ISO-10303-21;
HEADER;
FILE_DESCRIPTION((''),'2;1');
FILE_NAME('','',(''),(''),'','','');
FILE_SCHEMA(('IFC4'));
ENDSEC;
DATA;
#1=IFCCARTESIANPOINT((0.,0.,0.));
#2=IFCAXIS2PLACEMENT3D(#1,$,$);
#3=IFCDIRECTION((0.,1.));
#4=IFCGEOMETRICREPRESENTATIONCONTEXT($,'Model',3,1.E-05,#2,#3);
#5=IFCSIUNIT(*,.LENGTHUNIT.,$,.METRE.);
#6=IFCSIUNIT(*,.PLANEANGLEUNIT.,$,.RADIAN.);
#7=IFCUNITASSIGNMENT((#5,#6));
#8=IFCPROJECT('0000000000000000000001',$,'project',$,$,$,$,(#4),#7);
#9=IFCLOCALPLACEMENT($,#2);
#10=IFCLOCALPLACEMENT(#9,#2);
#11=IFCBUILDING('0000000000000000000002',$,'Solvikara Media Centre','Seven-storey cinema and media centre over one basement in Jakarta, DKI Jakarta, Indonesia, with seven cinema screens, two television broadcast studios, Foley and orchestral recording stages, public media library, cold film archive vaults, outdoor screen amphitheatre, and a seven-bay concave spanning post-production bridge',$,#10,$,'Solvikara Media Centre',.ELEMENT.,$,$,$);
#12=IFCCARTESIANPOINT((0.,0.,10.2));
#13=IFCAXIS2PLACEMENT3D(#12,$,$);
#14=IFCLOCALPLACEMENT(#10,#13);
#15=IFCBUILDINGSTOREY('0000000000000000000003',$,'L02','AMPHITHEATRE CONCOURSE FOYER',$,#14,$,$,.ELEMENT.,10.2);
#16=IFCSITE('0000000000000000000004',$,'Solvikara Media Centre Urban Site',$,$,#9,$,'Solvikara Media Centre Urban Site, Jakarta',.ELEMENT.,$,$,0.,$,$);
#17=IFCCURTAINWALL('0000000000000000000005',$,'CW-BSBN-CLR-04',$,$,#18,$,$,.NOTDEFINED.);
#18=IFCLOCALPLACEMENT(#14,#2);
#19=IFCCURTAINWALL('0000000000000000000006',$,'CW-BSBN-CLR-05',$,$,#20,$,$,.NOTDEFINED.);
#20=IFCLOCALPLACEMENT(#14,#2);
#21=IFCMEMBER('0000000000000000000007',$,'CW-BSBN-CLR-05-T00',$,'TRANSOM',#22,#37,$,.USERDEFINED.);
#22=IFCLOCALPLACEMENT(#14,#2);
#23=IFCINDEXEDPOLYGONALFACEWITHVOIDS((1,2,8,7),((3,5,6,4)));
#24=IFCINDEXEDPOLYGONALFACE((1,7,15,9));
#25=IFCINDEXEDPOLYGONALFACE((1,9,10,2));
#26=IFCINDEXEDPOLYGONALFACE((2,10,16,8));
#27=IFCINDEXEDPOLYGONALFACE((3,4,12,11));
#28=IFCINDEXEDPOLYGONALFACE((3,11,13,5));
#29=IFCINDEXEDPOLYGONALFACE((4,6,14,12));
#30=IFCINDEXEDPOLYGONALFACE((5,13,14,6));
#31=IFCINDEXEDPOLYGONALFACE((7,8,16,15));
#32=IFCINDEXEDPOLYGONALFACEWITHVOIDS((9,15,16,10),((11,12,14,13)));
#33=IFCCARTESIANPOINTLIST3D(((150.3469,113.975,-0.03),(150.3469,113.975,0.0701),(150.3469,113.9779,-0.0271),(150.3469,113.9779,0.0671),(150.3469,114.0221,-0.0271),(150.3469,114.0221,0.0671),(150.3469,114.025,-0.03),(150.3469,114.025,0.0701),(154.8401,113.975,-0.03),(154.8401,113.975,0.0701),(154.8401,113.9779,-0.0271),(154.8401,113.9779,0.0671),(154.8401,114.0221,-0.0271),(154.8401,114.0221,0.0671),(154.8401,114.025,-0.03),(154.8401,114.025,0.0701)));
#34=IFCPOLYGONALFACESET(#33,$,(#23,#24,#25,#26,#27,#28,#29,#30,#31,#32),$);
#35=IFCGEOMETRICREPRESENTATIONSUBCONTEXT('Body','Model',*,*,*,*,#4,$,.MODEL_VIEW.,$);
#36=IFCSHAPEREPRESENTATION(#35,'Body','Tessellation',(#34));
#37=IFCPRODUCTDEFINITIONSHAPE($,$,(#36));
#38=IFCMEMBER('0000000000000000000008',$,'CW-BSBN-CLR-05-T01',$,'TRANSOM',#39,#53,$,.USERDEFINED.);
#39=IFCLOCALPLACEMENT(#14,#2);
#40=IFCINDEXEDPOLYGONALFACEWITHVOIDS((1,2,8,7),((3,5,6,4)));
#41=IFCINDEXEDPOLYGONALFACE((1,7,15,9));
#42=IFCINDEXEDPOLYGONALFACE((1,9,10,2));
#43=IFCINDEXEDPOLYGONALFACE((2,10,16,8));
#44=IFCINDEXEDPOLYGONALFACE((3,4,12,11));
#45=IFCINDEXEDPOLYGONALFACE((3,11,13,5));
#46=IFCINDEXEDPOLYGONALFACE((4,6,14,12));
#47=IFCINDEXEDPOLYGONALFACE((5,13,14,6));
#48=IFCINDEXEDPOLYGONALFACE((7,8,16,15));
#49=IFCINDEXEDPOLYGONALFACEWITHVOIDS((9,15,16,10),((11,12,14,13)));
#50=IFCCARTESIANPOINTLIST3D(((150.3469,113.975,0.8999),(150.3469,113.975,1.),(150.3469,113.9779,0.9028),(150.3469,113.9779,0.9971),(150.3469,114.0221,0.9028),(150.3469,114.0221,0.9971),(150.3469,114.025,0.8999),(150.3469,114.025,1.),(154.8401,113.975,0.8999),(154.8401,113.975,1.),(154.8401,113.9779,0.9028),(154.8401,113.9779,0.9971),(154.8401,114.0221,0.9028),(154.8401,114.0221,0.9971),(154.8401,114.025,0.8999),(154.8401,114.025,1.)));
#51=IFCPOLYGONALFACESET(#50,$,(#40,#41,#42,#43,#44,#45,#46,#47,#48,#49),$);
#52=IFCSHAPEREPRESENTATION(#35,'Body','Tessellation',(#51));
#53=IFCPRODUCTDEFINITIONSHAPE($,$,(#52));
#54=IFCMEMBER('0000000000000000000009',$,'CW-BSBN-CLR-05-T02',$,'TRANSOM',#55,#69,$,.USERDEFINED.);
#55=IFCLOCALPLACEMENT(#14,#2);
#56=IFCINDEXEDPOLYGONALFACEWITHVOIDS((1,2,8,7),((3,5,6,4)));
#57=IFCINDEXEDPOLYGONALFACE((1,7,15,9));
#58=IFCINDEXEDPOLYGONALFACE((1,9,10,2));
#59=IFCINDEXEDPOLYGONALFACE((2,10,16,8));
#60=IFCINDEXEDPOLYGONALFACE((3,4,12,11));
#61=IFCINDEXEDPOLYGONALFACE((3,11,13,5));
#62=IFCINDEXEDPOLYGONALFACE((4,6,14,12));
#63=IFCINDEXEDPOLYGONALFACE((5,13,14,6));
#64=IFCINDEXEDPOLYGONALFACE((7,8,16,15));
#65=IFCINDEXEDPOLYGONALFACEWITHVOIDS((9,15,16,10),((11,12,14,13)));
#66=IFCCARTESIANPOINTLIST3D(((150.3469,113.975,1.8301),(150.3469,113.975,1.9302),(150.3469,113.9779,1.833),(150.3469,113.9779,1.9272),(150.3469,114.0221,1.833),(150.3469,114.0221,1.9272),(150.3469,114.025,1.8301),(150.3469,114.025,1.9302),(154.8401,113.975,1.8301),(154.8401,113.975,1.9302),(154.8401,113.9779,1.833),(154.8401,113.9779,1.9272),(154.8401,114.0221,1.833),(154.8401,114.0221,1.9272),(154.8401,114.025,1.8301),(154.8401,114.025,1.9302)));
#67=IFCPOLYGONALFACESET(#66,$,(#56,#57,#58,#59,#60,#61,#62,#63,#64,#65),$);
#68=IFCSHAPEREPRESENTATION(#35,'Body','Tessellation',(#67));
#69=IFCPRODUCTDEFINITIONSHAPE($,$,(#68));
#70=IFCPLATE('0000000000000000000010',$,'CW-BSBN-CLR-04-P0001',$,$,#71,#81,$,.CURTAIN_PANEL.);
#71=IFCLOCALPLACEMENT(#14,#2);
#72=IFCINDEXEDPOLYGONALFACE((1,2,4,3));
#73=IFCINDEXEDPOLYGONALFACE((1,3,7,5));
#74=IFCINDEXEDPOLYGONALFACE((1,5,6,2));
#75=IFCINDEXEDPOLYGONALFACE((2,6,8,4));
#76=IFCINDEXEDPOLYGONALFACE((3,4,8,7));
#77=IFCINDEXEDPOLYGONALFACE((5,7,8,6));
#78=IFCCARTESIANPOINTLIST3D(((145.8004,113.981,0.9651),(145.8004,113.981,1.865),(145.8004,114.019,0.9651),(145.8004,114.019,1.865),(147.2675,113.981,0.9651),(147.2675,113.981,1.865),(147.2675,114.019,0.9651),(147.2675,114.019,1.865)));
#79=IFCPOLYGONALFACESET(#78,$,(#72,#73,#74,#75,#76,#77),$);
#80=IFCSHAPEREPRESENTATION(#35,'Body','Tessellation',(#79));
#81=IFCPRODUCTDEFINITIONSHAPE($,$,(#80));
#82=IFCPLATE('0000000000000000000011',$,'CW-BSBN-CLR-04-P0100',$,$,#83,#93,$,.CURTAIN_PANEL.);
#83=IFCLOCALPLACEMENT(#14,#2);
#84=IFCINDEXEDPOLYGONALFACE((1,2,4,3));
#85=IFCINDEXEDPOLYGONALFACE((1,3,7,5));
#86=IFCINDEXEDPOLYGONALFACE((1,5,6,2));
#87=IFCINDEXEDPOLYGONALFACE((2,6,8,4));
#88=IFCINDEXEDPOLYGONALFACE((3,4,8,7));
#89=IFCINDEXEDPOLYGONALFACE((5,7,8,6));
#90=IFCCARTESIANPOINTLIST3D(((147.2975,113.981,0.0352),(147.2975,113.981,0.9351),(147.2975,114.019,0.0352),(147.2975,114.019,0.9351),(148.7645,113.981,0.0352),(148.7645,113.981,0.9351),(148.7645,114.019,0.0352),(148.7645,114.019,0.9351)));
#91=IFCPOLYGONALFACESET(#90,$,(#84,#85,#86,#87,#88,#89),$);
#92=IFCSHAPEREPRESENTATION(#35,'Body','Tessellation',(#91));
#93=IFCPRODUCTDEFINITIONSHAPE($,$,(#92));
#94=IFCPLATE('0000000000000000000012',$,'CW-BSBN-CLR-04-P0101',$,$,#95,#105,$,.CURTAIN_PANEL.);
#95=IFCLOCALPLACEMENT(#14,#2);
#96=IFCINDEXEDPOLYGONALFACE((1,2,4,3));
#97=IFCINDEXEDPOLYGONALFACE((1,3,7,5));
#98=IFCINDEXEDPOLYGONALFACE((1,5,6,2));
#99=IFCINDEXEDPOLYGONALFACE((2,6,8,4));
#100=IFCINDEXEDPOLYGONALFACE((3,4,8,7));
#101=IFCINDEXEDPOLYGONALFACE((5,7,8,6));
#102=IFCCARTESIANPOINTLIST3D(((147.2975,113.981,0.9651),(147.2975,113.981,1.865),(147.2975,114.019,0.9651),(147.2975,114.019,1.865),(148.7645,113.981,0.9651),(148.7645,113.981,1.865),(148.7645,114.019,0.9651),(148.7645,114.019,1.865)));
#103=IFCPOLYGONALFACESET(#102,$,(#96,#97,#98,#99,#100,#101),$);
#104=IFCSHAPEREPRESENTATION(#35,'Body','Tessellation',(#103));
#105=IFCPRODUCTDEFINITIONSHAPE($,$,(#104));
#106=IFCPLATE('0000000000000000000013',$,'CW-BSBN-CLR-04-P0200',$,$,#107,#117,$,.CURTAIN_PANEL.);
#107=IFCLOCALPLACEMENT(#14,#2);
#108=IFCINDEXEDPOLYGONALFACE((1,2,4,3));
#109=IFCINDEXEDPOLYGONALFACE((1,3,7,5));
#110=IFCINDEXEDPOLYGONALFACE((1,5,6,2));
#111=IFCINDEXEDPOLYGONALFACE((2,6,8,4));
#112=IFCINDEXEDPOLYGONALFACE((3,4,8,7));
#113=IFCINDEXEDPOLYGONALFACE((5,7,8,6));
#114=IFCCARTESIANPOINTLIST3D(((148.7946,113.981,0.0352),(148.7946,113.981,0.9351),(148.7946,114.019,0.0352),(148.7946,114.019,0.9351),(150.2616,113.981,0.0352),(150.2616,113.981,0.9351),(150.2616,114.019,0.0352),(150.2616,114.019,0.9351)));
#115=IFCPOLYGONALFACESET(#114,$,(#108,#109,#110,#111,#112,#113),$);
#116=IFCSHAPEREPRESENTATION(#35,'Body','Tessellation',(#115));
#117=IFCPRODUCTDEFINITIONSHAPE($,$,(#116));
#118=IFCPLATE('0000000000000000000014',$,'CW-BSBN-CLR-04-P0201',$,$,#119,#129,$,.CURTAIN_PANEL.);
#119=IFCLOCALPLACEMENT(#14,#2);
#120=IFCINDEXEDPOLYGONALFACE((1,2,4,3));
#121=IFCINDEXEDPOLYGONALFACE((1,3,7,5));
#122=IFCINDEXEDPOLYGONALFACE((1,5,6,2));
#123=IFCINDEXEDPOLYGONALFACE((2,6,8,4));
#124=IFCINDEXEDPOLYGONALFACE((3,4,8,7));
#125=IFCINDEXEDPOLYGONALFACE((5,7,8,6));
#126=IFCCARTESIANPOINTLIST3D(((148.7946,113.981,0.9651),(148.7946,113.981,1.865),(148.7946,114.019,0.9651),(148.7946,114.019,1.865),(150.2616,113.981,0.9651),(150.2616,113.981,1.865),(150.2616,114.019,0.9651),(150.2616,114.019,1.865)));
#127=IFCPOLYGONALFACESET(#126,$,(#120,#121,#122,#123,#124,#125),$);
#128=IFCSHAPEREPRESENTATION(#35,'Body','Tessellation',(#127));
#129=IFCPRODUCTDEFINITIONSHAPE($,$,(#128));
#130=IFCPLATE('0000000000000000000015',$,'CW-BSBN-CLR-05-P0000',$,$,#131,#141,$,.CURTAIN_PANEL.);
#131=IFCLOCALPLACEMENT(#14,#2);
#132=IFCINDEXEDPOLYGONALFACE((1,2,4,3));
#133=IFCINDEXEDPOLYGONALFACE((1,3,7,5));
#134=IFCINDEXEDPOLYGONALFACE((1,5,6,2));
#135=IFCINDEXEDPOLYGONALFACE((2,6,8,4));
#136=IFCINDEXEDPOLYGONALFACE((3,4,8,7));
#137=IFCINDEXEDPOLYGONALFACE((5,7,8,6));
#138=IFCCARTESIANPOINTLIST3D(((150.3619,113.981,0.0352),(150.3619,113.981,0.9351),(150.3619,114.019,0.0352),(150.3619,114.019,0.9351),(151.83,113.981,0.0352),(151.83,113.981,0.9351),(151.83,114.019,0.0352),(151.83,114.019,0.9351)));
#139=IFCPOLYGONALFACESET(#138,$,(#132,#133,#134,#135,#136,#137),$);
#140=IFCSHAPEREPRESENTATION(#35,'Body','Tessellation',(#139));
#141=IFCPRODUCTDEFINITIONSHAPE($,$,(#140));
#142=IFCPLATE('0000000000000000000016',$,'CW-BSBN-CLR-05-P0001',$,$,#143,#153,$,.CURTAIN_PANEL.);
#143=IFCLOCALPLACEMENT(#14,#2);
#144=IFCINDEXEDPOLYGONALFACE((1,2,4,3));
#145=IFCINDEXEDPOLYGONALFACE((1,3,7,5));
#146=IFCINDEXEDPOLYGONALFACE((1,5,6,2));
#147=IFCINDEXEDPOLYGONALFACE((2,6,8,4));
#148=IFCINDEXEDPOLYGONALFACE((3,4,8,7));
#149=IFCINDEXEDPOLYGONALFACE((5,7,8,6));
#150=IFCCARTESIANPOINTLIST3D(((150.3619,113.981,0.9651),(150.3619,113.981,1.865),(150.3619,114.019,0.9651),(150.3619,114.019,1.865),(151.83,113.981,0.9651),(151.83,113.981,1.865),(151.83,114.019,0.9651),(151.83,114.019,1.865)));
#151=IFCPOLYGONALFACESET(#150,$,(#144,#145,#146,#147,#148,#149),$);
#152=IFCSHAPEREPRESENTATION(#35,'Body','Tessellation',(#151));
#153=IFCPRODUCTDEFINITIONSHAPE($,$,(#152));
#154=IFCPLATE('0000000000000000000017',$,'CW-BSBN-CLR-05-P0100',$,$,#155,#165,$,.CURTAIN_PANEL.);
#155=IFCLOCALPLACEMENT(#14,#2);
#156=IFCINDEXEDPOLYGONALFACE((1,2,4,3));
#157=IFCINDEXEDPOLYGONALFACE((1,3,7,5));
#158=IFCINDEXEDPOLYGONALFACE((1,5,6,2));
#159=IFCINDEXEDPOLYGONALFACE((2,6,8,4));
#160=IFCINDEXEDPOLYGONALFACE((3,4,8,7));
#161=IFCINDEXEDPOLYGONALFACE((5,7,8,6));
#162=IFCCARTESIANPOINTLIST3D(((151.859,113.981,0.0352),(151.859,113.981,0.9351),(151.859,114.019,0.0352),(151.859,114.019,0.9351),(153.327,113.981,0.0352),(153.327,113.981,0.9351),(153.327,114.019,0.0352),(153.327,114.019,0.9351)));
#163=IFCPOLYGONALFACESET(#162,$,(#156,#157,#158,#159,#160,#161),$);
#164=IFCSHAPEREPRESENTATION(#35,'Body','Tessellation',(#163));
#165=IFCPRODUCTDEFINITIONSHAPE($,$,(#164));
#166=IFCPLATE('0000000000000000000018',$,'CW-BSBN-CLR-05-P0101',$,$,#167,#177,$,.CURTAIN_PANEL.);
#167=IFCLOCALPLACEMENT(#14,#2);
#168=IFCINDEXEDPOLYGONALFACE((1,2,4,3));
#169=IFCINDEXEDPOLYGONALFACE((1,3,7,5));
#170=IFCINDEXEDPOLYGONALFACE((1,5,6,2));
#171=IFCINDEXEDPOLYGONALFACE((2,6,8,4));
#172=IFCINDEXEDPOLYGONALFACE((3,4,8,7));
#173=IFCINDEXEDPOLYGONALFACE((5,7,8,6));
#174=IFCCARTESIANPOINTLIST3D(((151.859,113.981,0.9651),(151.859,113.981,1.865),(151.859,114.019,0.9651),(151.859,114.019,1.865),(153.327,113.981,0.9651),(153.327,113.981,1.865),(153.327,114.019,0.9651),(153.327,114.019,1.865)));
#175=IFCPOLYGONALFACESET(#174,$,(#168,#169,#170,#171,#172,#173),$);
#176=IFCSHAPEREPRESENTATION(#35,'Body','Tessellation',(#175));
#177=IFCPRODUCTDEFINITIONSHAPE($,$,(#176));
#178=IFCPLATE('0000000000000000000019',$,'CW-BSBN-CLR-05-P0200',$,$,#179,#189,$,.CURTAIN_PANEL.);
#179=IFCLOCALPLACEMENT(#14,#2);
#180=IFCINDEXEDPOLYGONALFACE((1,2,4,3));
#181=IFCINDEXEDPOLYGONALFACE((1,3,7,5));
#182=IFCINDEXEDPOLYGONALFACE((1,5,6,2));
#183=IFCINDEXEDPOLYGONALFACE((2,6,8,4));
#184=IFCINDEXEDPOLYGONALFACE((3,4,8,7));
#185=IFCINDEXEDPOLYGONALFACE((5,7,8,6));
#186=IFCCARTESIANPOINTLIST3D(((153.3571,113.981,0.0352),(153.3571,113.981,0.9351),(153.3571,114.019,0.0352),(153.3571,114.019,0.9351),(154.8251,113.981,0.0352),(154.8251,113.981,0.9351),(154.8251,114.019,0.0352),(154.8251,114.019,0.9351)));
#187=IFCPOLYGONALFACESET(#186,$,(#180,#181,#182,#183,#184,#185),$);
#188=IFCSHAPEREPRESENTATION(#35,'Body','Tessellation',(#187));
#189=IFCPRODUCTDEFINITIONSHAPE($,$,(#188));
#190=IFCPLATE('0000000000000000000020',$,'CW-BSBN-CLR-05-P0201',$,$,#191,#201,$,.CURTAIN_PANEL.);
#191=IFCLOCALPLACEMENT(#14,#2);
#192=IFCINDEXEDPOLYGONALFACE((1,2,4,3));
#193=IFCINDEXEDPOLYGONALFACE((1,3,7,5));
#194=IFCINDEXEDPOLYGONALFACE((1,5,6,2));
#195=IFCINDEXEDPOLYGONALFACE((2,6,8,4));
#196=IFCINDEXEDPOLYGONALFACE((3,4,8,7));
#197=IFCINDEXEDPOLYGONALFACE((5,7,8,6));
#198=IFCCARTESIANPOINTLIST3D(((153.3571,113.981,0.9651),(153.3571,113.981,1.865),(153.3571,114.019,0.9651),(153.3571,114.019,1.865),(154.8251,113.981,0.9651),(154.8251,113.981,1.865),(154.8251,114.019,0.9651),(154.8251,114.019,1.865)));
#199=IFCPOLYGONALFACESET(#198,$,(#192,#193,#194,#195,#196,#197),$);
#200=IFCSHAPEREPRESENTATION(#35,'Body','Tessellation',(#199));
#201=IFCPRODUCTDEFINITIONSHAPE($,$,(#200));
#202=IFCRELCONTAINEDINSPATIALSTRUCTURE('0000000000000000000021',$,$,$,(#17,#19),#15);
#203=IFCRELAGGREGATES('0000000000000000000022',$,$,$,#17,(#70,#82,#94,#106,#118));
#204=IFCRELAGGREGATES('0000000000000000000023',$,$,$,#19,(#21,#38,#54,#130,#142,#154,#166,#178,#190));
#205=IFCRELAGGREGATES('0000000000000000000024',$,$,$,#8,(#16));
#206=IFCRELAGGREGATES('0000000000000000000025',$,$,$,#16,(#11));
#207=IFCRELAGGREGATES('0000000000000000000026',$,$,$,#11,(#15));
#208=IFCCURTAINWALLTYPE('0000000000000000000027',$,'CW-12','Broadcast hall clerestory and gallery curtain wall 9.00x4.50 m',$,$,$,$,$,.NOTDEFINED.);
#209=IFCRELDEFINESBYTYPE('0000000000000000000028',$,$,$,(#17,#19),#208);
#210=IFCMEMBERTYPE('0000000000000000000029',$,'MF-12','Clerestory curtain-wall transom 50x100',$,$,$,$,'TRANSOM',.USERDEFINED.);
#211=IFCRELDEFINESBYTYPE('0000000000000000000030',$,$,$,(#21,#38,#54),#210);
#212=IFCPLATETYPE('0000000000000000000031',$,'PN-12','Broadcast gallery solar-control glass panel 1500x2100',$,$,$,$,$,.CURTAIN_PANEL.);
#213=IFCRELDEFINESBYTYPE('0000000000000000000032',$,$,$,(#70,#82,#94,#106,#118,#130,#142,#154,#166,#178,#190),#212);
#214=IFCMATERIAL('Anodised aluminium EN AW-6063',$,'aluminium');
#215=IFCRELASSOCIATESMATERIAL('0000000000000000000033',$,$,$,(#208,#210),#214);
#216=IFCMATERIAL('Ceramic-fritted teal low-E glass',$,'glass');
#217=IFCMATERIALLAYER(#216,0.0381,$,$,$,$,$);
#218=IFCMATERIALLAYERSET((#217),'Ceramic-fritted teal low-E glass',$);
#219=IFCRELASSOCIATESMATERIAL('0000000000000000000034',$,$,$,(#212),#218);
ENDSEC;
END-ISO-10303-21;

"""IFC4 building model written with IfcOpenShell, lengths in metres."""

from ifc_helpers import new_model, si_unit, direction, frame, origin, origin_2d, place, context, subcontext, project, spatial, rectangle, hollow_rectangle, extrude, material, layer, layer_set, material_profile, profile_set, type_object, element, aggregate, save


model = new_model("IFC4")

# Units and contexts
model_context = context("Model", 3, precision=1e-05, world=origin(), true_north=direction((0.0, 1.0)))
body_context = subcontext(model_context, "Body", "Model", "MODEL_VIEW")
ifc_project = project(units=[si_unit("LENGTHUNIT", "METRE"), si_unit("PLANEANGLEUNIT", "RADIAN")], contexts=[model_context])

# Site, building, storey
site_placement = place(None, origin())
site = spatial("IfcSite", under=ifc_project, at=site_placement, Name="Solvikara Media Centre Urban Site", LongName="Solvikara Media Centre Urban Site, Jakarta", CompositionType="ELEMENT", RefElevation=0.0)
building_placement = place(site_placement, origin())
building = spatial("IfcBuilding", under=site, at=building_placement, Name="Solvikara Media Centre", Description="Seven-storey cinema and media centre over one basement in Jakarta, DKI Jakarta, Indonesia, with seven cinema screens, two television broadcast studios, Foley and orchestral recording stages, public media library, cold film archive vaults, outdoor screen amphitheatre, and a seven-bay concave spanning post-production bridge", LongName="Solvikara Media Centre", CompositionType="ELEMENT")
storey_placement = place(building_placement, frame((0.0, 0.0, 10.2)))
storey = spatial("IfcBuildingStorey", under=building, at=storey_placement, Name="L02", Description="AMPHITHEATRE CONCOURSE FOYER", CompositionType="ELEMENT", Elevation=10.2)

# Curtain walls, members
ifc_material_1 = material(Name="Anodised aluminium EN AW-6063", Category="aluminium")
curtain_wall_type = type_object("IfcCurtainWallType", Name="CW-12", Description="Broadcast hall clerestory and gallery curtain wall 9.00x4.50 m", PredefinedType="NOTDEFINED", material=ifc_material_1)
curtain_wall_1_placement = place(storey_placement, origin())
curtain_wall_1 = element("IfcCurtainWall", 1, at=curtain_wall_1_placement, inside=storey, type_object=curtain_wall_type, Name="CW-BSBN-CLR-04", PredefinedType="NOTDEFINED")
curtain_wall_2_placement = place(storey_placement, origin())
curtain_wall_2 = element("IfcCurtainWall", 2, at=curtain_wall_2_placement, inside=storey, type_object=curtain_wall_type, Name="CW-BSBN-CLR-05", PredefinedType="NOTDEFINED")
ifc_material_profile_1 = material_profile(ifc_material_1, hollow_rectangle(XDim=0.05, YDim=0.1001, WallThickness=0.0029, at=origin_2d()), Name="ALU-T 50x100x3")
ifc_profile_set_1 = profile_set([ifc_material_profile_1], Name="Anodised aluminium EN AW-6063")
member_type_1 = type_object("IfcMemberType", Name="MF-12", Description="Clerestory curtain-wall transom 50x100", ElementType="TRANSOM", PredefinedType="USERDEFINED", material=ifc_profile_set_1)
member_1_placement = place(storey_placement, frame((150.3469, 114.0, 0.02), z_axis=(1.0, 0.0, 0.0), x_axis=(0.0, 1.0, 0.0)))
member_1 = element("IfcMember", 3, at=member_1_placement, type_object=member_type_1, Name="CW-BSBN-CLR-05-T00", ObjectType="TRANSOM", PredefinedType="USERDEFINED", context=body_context, shape_type="SweptSolid", body=[
    extrude(hollow_rectangle(XDim=0.05, YDim=0.1001, WallThickness=0.0029, at=origin_2d()), origin(), (0.0, 0.0, 1.0), 4.4932),
])
member_2_placement = place(storey_placement, frame((150.3469, 114.0, 0.95), z_axis=(1.0, 0.0, 0.0), x_axis=(0.0, 1.0, 0.0)))
member_2 = element("IfcMember", 4, at=member_2_placement, type_object=member_type_1, Name="CW-BSBN-CLR-05-T01", ObjectType="TRANSOM", PredefinedType="USERDEFINED", context=body_context, shape_type="SweptSolid", body=[
    extrude(hollow_rectangle(XDim=0.05, YDim=0.1001, WallThickness=0.0029, at=origin_2d()), origin(), (0.0, 0.0, 1.0), 4.4932),
])
member_3_placement = place(storey_placement, frame((150.3469, 114.0, 1.8801), z_axis=(1.0, 0.0, 0.0), x_axis=(0.0, 1.0, 0.0)))
member_3 = element("IfcMember", 5, at=member_3_placement, type_object=member_type_1, Name="CW-BSBN-CLR-05-T02", ObjectType="TRANSOM", PredefinedType="USERDEFINED", context=body_context, shape_type="SweptSolid", body=[
    extrude(hollow_rectangle(XDim=0.05, YDim=0.1001, WallThickness=0.0029, at=origin_2d()), origin(), (0.0, 0.0, 1.0), 4.4932),
])

# Plates
ifc_material_2 = material(Name="Ceramic-fritted teal low-E glass", Category="glass")
ifc_layer_1 = layer(ifc_material_2, 0.0381)
ifc_layer_set_1 = layer_set([ifc_layer_1], Name="Ceramic-fritted teal low-E glass")
plate_type = type_object("IfcPlateType", Name="PN-12", Description="Broadcast gallery solar-control glass panel 1500x2100", PredefinedType="CURTAIN_PANEL", material=ifc_layer_set_1)
plate_1_placement = place(storey_placement, frame((146.5339, 114.0, 0.9651), z_axis=(0.0, 0.0, 1.0), x_axis=(1.0, 0.0, 0.0)))
plate_1 = element("IfcPlate", 6, at=plate_1_placement, type_object=plate_type, Name="CW-BSBN-CLR-04-P0001", PredefinedType="CURTAIN_PANEL", context=body_context, shape_type="SweptSolid", body=[
    extrude(rectangle(XDim=1.467, YDim=0.0381, at=origin_2d()), origin(), (0.0, 0.0, 1.0), 0.8999),
])
plate_2_placement = place(storey_placement, frame((148.031, 114.0, 0.0352), z_axis=(0.0, 0.0, 1.0), x_axis=(1.0, 0.0, 0.0)))
plate_2 = element("IfcPlate", 7, at=plate_2_placement, type_object=plate_type, Name="CW-BSBN-CLR-04-P0100", PredefinedType="CURTAIN_PANEL", context=body_context, shape_type="SweptSolid", body=[
    extrude(rectangle(XDim=1.467, YDim=0.0381, at=origin_2d()), origin(), (0.0, 0.0, 1.0), 0.8999),
])
plate_3_placement = place(storey_placement, frame((148.031, 114.0, 0.9651), z_axis=(0.0, 0.0, 1.0), x_axis=(1.0, 0.0, 0.0)))
plate_3 = element("IfcPlate", 8, at=plate_3_placement, type_object=plate_type, Name="CW-BSBN-CLR-04-P0101", PredefinedType="CURTAIN_PANEL", context=body_context, shape_type="SweptSolid", body=[
    extrude(rectangle(XDim=1.467, YDim=0.0381, at=origin_2d()), origin(), (0.0, 0.0, 1.0), 0.8999),
])
plate_4_placement = place(storey_placement, frame((149.5281, 114.0, 0.0352), z_axis=(0.0, 0.0, 1.0), x_axis=(1.0, 0.0, 0.0)))
plate_4 = element("IfcPlate", 9, at=plate_4_placement, type_object=plate_type, Name="CW-BSBN-CLR-04-P0200", PredefinedType="CURTAIN_PANEL", context=body_context, shape_type="SweptSolid", body=[
    extrude(rectangle(XDim=1.467, YDim=0.0381, at=origin_2d()), origin(), (0.0, 0.0, 1.0), 0.8999),
])
plate_5_placement = place(storey_placement, frame((149.5281, 114.0, 0.9651), z_axis=(0.0, 0.0, 1.0), x_axis=(1.0, 0.0, 0.0)))
plate_5 = element("IfcPlate", 10, at=plate_5_placement, type_object=plate_type, Name="CW-BSBN-CLR-04-P0201", PredefinedType="CURTAIN_PANEL", context=body_context, shape_type="SweptSolid", body=[
    extrude(rectangle(XDim=1.467, YDim=0.0381, at=origin_2d()), origin(), (0.0, 0.0, 1.0), 0.8999),
])
aggregate(curtain_wall_1, [plate_1, plate_2, plate_3, plate_4, plate_5])
plate_6_placement = place(storey_placement, frame((151.0959, 114.0, 0.0352), z_axis=(0.0, 0.0, 1.0), x_axis=(1.0, 0.0, 0.0)))
plate_6 = element("IfcPlate", 11, at=plate_6_placement, type_object=plate_type, Name="CW-BSBN-CLR-05-P0000", PredefinedType="CURTAIN_PANEL", context=body_context, shape_type="SweptSolid", body=[
    extrude(rectangle(XDim=1.468, YDim=0.0381, at=origin_2d()), origin(), (0.0, 0.0, 1.0), 0.8999),
])
plate_7_placement = place(storey_placement, frame((151.0959, 114.0, 0.9651), z_axis=(0.0, 0.0, 1.0), x_axis=(1.0, 0.0, 0.0)))
plate_7 = element("IfcPlate", 12, at=plate_7_placement, type_object=plate_type, Name="CW-BSBN-CLR-05-P0001", PredefinedType="CURTAIN_PANEL", context=body_context, shape_type="SweptSolid", body=[
    extrude(rectangle(XDim=1.468, YDim=0.0381, at=origin_2d()), origin(), (0.0, 0.0, 1.0), 0.8999),
])
plate_8_placement = place(storey_placement, frame((152.593, 114.0, 0.0352), z_axis=(0.0, 0.0, 1.0), x_axis=(1.0, 0.0, 0.0)))
plate_8 = element("IfcPlate", 13, at=plate_8_placement, type_object=plate_type, Name="CW-BSBN-CLR-05-P0100", PredefinedType="CURTAIN_PANEL", context=body_context, shape_type="SweptSolid", body=[
    extrude(rectangle(XDim=1.468, YDim=0.0381, at=origin_2d()), origin(), (0.0, 0.0, 1.0), 0.8999),
])
plate_9_placement = place(storey_placement, frame((152.593, 114.0, 0.9651), z_axis=(0.0, 0.0, 1.0), x_axis=(1.0, 0.0, 0.0)))
plate_9 = element("IfcPlate", 14, at=plate_9_placement, type_object=plate_type, Name="CW-BSBN-CLR-05-P0101", PredefinedType="CURTAIN_PANEL", context=body_context, shape_type="SweptSolid", body=[
    extrude(rectangle(XDim=1.468, YDim=0.0381, at=origin_2d()), origin(), (0.0, 0.0, 1.0), 0.8999),
])
plate_10_placement = place(storey_placement, frame((154.0911, 114.0, 0.0352), z_axis=(0.0, 0.0, 1.0), x_axis=(1.0, 0.0, 0.0)))
plate_10 = element("IfcPlate", 15, at=plate_10_placement, type_object=plate_type, Name="CW-BSBN-CLR-05-P0200", PredefinedType="CURTAIN_PANEL", context=body_context, shape_type="SweptSolid", body=[
    extrude(rectangle(XDim=1.468, YDim=0.0381, at=origin_2d()), origin(), (0.0, 0.0, 1.0), 0.8999),
])
plate_11_placement = place(storey_placement, frame((154.0911, 114.0, 0.9651), z_axis=(0.0, 0.0, 1.0), x_axis=(1.0, 0.0, 0.0)))
plate_11 = element("IfcPlate", 16, at=plate_11_placement, type_object=plate_type, Name="CW-BSBN-CLR-05-P0201", PredefinedType="CURTAIN_PANEL", context=body_context, shape_type="SweptSolid", body=[
    extrude(rectangle(XDim=1.468, YDim=0.0381, at=origin_2d()), origin(), (0.0, 0.0, 1.0), 0.8999),
])
aggregate(curtain_wall_2, [member_1, member_2, member_3, plate_6, plate_7, plate_8, plate_9, plate_10, plate_11])

save(model, "model.ifc")
